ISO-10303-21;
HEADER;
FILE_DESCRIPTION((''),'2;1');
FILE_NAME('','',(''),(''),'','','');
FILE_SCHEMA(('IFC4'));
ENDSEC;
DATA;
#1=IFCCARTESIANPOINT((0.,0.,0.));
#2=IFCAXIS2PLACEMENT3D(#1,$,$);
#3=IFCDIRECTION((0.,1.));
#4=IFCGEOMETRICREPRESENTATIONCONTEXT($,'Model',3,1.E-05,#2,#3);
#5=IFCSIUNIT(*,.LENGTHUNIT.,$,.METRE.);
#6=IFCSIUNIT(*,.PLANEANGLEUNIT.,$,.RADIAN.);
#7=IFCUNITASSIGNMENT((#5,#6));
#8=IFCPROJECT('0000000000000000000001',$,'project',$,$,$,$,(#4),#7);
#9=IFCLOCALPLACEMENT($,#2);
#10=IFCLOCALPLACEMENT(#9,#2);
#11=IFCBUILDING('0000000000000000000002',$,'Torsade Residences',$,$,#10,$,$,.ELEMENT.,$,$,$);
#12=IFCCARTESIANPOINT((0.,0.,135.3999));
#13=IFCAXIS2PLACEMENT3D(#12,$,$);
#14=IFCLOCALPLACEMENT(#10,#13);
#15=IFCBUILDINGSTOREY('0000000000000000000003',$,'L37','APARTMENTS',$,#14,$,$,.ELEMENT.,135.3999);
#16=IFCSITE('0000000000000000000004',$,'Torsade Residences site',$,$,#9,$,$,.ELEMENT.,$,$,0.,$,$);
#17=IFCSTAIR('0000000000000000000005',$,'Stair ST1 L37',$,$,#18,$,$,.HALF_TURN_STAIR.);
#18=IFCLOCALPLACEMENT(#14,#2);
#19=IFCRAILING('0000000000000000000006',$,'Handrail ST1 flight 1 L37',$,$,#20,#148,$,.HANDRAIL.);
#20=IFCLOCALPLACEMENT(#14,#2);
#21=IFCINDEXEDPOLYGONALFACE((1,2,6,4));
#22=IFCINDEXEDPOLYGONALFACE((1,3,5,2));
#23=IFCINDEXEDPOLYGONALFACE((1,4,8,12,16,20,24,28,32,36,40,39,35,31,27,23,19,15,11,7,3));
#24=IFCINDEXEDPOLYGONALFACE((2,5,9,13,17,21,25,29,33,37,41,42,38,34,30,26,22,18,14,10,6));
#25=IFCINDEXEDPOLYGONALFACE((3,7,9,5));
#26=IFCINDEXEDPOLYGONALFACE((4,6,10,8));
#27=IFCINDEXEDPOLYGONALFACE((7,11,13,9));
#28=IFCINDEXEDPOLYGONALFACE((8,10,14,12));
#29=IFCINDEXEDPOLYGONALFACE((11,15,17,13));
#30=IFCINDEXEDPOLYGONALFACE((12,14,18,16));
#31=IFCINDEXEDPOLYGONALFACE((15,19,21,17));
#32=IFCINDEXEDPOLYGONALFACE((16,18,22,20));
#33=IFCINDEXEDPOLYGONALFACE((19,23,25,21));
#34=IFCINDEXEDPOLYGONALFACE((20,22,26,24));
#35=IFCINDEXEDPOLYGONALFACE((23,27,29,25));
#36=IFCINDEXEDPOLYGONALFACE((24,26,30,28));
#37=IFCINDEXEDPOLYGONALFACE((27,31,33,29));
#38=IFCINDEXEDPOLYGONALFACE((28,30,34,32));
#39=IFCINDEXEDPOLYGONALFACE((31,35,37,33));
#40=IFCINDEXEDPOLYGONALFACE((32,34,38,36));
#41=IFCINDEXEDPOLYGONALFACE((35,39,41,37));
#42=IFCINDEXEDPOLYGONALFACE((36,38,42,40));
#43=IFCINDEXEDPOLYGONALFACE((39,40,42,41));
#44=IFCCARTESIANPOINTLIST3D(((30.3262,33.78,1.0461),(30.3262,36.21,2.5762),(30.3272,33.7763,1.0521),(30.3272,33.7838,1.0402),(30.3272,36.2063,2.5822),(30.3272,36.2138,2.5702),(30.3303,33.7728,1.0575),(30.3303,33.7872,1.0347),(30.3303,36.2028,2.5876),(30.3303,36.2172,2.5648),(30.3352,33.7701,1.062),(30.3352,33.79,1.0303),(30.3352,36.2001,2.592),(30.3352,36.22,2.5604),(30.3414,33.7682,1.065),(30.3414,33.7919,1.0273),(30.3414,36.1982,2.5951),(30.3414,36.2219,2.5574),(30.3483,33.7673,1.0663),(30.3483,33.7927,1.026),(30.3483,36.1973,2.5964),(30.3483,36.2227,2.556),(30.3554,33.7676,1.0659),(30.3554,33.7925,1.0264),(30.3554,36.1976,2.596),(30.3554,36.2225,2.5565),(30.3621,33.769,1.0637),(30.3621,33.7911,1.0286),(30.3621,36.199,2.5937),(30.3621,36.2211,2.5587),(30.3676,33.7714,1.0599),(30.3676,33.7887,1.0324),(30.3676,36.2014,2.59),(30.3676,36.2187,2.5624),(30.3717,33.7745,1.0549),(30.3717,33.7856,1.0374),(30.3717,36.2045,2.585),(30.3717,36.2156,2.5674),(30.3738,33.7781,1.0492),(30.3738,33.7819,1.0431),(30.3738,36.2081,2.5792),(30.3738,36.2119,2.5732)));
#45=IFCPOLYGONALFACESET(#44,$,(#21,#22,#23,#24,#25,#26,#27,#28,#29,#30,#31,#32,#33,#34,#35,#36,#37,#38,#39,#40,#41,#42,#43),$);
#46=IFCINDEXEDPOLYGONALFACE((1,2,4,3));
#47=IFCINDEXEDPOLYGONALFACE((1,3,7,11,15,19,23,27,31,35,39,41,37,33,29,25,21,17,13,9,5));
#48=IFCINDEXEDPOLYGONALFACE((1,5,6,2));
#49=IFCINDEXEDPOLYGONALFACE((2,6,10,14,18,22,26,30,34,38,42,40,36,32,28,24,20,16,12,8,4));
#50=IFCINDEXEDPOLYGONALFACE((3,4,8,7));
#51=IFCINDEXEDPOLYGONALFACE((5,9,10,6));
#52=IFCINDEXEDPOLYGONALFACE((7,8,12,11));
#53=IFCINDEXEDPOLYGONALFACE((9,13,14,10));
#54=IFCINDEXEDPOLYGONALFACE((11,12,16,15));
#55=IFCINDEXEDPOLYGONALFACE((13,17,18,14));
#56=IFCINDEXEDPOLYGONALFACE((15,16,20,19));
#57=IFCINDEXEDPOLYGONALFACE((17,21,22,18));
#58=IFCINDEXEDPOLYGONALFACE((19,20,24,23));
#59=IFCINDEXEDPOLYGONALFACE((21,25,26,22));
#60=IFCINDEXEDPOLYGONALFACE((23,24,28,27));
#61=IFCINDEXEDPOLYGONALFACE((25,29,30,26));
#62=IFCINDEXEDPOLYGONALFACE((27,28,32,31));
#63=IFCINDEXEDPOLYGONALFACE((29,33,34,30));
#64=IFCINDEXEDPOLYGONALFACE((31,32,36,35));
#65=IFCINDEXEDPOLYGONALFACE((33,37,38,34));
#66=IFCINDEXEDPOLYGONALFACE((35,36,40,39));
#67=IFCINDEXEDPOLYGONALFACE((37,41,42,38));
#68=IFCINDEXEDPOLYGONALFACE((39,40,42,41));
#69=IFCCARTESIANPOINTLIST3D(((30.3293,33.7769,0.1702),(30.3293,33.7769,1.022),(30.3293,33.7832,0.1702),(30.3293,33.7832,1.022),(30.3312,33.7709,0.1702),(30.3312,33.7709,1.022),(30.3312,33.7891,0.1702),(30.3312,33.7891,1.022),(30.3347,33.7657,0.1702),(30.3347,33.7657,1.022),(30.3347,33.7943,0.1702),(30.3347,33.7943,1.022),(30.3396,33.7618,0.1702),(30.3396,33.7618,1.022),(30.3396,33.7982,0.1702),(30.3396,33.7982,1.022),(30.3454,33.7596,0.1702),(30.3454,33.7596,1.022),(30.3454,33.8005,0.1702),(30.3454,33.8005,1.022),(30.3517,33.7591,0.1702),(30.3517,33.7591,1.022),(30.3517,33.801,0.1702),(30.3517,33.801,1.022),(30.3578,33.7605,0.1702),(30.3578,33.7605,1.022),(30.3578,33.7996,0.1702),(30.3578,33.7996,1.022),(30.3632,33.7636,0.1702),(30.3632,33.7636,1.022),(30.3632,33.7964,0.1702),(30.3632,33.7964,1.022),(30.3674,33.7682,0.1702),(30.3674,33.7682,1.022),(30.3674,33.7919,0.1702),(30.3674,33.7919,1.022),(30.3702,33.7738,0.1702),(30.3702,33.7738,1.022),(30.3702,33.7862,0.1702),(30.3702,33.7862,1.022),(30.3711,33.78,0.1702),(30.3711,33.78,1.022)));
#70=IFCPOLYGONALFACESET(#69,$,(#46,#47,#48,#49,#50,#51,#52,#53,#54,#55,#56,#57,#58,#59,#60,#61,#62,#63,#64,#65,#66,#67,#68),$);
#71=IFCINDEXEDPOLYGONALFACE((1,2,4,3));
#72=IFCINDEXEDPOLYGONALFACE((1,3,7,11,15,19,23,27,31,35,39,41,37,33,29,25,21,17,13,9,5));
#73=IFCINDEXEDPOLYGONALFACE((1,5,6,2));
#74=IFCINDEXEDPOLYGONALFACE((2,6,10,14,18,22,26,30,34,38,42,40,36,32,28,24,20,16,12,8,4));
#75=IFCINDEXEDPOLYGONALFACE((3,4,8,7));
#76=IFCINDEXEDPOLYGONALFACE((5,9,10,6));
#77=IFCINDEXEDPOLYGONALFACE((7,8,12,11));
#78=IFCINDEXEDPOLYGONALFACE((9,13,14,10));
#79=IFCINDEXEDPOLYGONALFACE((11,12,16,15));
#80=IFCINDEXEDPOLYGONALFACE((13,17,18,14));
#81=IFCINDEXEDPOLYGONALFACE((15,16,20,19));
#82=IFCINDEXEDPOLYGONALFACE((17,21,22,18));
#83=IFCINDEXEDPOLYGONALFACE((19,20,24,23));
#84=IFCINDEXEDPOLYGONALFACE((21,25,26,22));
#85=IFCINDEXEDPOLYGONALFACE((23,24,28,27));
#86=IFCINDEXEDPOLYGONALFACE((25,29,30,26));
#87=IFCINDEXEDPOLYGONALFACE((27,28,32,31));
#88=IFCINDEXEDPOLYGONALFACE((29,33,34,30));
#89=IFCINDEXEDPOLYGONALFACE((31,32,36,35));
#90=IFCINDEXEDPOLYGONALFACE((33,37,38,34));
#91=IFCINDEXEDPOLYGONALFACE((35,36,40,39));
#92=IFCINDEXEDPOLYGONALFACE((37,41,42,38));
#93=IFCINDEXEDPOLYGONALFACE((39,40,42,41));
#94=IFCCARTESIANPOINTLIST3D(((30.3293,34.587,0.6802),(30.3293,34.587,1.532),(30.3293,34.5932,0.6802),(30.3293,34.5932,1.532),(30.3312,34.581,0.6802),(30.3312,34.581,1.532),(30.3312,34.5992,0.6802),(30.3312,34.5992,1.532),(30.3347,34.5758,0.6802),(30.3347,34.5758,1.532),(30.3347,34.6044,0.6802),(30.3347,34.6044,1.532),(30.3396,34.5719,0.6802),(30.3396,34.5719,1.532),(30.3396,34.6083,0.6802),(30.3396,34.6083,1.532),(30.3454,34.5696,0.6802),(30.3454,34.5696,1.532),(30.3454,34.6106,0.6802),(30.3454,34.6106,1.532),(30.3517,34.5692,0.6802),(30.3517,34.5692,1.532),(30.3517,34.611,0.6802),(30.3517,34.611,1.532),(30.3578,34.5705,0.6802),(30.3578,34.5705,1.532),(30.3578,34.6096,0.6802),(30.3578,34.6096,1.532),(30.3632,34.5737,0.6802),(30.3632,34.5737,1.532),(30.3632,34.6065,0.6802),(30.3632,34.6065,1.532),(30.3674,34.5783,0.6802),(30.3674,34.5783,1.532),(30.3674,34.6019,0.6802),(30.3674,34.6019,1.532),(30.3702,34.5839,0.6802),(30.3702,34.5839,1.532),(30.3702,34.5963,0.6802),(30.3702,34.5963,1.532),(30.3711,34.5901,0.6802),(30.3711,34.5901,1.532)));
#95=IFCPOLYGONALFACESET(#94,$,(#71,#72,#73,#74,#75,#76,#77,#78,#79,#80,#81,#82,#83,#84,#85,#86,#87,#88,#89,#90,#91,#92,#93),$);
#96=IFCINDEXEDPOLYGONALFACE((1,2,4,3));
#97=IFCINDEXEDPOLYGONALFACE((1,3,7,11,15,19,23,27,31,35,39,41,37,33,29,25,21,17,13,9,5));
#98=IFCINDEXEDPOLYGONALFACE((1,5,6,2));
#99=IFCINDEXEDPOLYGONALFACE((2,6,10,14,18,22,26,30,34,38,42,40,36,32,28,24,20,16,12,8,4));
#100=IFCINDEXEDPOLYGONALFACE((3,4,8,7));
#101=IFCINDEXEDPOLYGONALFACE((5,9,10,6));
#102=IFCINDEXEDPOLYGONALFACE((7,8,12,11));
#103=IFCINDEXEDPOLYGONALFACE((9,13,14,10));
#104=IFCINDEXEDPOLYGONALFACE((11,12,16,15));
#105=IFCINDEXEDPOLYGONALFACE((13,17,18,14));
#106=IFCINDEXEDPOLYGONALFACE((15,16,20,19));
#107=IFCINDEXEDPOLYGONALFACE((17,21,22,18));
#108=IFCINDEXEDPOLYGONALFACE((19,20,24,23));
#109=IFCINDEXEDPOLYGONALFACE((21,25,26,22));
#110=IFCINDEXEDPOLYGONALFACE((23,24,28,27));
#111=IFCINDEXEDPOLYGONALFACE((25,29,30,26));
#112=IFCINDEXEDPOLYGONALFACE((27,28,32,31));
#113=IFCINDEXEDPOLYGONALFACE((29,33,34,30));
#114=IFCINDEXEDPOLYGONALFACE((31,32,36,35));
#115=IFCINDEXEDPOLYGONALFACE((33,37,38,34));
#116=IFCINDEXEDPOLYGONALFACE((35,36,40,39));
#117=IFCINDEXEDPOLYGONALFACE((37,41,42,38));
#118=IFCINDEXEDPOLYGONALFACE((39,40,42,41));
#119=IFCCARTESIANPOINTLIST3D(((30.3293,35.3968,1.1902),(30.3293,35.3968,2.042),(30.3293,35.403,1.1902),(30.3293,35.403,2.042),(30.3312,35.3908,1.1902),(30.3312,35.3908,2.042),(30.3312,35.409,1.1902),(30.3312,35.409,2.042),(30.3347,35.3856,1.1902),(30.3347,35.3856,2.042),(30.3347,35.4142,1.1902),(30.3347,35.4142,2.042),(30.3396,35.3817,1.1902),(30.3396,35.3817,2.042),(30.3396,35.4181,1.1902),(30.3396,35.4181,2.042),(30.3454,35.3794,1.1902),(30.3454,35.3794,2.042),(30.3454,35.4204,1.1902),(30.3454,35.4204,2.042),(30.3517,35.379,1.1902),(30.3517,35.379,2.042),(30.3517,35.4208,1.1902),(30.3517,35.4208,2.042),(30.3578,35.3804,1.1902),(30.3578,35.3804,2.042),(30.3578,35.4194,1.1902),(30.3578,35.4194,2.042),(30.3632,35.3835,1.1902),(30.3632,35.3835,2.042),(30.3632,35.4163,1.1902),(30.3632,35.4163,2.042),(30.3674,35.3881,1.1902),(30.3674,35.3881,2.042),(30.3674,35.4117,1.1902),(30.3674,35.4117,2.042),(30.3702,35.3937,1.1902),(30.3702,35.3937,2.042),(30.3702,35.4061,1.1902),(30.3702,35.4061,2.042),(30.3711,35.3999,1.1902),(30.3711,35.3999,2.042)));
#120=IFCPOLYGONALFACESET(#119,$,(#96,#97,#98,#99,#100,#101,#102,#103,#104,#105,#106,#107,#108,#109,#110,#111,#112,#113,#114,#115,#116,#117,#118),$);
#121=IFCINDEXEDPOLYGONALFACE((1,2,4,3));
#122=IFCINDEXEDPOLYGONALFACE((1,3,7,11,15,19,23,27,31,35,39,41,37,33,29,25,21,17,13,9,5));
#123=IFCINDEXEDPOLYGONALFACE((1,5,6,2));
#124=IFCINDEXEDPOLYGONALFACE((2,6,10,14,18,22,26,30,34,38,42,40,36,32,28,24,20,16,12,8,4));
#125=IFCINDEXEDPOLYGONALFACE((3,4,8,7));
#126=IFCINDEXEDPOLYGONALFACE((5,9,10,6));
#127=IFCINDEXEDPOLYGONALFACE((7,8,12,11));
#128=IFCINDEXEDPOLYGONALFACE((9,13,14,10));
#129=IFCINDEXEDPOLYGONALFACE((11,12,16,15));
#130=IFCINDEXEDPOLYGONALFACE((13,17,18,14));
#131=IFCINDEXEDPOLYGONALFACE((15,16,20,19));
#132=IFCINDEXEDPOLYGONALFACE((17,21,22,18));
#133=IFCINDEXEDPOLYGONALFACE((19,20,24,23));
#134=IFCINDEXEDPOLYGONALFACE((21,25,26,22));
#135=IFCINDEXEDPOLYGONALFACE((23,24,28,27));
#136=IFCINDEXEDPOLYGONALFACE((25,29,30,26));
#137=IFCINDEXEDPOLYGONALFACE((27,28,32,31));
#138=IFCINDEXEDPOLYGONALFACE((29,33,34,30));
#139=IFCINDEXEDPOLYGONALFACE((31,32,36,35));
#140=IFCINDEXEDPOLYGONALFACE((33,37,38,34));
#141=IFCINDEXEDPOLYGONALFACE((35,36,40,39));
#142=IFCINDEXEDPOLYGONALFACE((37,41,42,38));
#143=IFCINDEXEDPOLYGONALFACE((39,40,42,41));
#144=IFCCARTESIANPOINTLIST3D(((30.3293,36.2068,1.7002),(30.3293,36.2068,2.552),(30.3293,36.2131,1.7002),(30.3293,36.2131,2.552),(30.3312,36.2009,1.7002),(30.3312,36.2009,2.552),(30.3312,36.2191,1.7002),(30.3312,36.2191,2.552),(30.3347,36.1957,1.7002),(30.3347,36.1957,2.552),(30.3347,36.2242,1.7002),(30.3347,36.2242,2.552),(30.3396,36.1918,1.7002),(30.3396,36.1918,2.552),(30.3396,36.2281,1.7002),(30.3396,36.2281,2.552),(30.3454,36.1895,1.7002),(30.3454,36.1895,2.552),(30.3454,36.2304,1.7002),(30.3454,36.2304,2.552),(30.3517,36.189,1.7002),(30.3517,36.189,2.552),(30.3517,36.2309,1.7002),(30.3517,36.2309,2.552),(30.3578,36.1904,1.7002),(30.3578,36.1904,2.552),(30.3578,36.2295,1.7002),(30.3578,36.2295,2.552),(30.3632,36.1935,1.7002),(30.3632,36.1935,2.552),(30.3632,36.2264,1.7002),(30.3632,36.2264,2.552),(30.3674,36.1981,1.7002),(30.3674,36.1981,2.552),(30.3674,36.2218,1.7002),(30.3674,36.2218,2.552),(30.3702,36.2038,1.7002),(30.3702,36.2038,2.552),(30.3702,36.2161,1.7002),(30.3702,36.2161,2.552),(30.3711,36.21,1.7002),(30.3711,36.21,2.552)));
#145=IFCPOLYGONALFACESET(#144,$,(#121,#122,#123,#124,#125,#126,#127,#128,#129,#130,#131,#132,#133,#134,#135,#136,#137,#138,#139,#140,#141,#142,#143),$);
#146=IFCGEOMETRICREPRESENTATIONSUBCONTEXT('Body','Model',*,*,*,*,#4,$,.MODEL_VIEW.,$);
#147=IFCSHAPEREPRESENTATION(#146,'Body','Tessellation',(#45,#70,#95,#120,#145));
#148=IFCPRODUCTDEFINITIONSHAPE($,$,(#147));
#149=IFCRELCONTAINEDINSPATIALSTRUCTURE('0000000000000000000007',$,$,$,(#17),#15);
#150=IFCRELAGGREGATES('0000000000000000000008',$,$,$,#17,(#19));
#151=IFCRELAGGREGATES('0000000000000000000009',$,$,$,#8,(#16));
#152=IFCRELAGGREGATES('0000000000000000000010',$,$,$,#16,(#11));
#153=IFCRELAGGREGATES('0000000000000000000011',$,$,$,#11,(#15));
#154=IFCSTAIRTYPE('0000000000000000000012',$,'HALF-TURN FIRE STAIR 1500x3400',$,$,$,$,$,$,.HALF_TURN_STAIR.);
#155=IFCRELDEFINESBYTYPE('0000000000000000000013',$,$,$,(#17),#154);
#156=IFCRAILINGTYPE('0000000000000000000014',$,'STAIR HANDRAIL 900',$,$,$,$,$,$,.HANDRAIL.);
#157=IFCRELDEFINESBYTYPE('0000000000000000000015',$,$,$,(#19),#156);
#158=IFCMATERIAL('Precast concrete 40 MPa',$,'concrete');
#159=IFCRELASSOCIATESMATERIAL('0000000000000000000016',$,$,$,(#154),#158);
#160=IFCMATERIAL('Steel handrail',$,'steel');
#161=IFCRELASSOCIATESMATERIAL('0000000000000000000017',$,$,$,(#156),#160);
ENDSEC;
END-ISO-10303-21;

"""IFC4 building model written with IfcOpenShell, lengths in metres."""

from ifc_helpers import new_model, si_unit, direction, frame, origin, origin_2d, place, context, subcontext, project, spatial, circle, extrude, material, type_object, element, aggregate, save


model = new_model("IFC4")

# Units and contexts
model_context = context("Model", 3, precision=1e-05, world=origin(), true_north=direction((0.0, 1.0)))
body_context = subcontext(model_context, "Body", "Model", "MODEL_VIEW")
ifc_project = project(units=[si_unit("LENGTHUNIT", "METRE"), si_unit("PLANEANGLEUNIT", "RADIAN")], contexts=[model_context])

# Site, building, storey
site_placement = place(None, origin())
site = spatial("IfcSite", under=ifc_project, at=site_placement, Name="Torsade Residences site", CompositionType="ELEMENT", RefElevation=0.0)
building_placement = place(site_placement, origin())
building = spatial("IfcBuilding", under=site, at=building_placement, Name="Torsade Residences", CompositionType="ELEMENT")
storey_placement = place(building_placement, frame((0.0, 0.0, 135.3999)))
storey = spatial("IfcBuildingStorey", under=building, at=storey_placement, Name="L37", Description="APARTMENTS", CompositionType="ELEMENT", Elevation=135.3999)

# Stair, railing
ifc_material_1 = material(Name="Precast concrete 40 MPa", Category="concrete")
stair_type = type_object("IfcStairType", Name="HALF-TURN FIRE STAIR 1500x3400", PredefinedType="HALF_TURN_STAIR", material=ifc_material_1)
stair_placement = place(storey_placement, origin())
stair = element("IfcStair", 1, at=stair_placement, inside=storey, type_object=stair_type, Name="Stair ST1 L37", PredefinedType="HALF_TURN_STAIR")
ifc_material_2 = material(Name="Steel handrail", Category="steel")
railing_type = type_object("IfcRailingType", Name="STAIR HANDRAIL 900", PredefinedType="HANDRAIL", material=ifc_material_2)
railing_1_placement = place(storey_placement, frame((30.3501, 33.78, 0.1702)))
railing_1 = element("IfcRailing", 2, at=railing_1_placement, type_object=railing_type, Name="Handrail ST1 flight 1 L37", PredefinedType="HANDRAIL", context=body_context, shape_type="SweptSolid", body=[
    extrude(circle(Radius=0.0239, at=origin_2d()), frame((0.0, 0.0, 0.876), z_axis=(0.0, 0.846221, 0.532831), x_axis=(-1.0, 0.0, 0.0)), (0.0, 0.0, 1.0), 2.8716),
    extrude(circle(Radius=0.021, at=origin_2d()), origin(), (0.0, 0.0, 1.0), 0.8518),
    extrude(circle(Radius=0.021, at=origin_2d()), frame((0.0, 0.8101, 0.51)), (0.0, 0.0, 1.0), 0.8518),
    extrude(circle(Radius=0.021, at=origin_2d()), frame((0.0, 1.6199, 1.02)), (0.0, 0.0, 1.0), 0.8518),
    extrude(circle(Radius=0.021, at=origin_2d()), frame((0.0, 2.4299, 1.53)), (0.0, 0.0, 1.0), 0.8518),
])
aggregate(stair, [railing_1])

save(model, "model.ifc")
